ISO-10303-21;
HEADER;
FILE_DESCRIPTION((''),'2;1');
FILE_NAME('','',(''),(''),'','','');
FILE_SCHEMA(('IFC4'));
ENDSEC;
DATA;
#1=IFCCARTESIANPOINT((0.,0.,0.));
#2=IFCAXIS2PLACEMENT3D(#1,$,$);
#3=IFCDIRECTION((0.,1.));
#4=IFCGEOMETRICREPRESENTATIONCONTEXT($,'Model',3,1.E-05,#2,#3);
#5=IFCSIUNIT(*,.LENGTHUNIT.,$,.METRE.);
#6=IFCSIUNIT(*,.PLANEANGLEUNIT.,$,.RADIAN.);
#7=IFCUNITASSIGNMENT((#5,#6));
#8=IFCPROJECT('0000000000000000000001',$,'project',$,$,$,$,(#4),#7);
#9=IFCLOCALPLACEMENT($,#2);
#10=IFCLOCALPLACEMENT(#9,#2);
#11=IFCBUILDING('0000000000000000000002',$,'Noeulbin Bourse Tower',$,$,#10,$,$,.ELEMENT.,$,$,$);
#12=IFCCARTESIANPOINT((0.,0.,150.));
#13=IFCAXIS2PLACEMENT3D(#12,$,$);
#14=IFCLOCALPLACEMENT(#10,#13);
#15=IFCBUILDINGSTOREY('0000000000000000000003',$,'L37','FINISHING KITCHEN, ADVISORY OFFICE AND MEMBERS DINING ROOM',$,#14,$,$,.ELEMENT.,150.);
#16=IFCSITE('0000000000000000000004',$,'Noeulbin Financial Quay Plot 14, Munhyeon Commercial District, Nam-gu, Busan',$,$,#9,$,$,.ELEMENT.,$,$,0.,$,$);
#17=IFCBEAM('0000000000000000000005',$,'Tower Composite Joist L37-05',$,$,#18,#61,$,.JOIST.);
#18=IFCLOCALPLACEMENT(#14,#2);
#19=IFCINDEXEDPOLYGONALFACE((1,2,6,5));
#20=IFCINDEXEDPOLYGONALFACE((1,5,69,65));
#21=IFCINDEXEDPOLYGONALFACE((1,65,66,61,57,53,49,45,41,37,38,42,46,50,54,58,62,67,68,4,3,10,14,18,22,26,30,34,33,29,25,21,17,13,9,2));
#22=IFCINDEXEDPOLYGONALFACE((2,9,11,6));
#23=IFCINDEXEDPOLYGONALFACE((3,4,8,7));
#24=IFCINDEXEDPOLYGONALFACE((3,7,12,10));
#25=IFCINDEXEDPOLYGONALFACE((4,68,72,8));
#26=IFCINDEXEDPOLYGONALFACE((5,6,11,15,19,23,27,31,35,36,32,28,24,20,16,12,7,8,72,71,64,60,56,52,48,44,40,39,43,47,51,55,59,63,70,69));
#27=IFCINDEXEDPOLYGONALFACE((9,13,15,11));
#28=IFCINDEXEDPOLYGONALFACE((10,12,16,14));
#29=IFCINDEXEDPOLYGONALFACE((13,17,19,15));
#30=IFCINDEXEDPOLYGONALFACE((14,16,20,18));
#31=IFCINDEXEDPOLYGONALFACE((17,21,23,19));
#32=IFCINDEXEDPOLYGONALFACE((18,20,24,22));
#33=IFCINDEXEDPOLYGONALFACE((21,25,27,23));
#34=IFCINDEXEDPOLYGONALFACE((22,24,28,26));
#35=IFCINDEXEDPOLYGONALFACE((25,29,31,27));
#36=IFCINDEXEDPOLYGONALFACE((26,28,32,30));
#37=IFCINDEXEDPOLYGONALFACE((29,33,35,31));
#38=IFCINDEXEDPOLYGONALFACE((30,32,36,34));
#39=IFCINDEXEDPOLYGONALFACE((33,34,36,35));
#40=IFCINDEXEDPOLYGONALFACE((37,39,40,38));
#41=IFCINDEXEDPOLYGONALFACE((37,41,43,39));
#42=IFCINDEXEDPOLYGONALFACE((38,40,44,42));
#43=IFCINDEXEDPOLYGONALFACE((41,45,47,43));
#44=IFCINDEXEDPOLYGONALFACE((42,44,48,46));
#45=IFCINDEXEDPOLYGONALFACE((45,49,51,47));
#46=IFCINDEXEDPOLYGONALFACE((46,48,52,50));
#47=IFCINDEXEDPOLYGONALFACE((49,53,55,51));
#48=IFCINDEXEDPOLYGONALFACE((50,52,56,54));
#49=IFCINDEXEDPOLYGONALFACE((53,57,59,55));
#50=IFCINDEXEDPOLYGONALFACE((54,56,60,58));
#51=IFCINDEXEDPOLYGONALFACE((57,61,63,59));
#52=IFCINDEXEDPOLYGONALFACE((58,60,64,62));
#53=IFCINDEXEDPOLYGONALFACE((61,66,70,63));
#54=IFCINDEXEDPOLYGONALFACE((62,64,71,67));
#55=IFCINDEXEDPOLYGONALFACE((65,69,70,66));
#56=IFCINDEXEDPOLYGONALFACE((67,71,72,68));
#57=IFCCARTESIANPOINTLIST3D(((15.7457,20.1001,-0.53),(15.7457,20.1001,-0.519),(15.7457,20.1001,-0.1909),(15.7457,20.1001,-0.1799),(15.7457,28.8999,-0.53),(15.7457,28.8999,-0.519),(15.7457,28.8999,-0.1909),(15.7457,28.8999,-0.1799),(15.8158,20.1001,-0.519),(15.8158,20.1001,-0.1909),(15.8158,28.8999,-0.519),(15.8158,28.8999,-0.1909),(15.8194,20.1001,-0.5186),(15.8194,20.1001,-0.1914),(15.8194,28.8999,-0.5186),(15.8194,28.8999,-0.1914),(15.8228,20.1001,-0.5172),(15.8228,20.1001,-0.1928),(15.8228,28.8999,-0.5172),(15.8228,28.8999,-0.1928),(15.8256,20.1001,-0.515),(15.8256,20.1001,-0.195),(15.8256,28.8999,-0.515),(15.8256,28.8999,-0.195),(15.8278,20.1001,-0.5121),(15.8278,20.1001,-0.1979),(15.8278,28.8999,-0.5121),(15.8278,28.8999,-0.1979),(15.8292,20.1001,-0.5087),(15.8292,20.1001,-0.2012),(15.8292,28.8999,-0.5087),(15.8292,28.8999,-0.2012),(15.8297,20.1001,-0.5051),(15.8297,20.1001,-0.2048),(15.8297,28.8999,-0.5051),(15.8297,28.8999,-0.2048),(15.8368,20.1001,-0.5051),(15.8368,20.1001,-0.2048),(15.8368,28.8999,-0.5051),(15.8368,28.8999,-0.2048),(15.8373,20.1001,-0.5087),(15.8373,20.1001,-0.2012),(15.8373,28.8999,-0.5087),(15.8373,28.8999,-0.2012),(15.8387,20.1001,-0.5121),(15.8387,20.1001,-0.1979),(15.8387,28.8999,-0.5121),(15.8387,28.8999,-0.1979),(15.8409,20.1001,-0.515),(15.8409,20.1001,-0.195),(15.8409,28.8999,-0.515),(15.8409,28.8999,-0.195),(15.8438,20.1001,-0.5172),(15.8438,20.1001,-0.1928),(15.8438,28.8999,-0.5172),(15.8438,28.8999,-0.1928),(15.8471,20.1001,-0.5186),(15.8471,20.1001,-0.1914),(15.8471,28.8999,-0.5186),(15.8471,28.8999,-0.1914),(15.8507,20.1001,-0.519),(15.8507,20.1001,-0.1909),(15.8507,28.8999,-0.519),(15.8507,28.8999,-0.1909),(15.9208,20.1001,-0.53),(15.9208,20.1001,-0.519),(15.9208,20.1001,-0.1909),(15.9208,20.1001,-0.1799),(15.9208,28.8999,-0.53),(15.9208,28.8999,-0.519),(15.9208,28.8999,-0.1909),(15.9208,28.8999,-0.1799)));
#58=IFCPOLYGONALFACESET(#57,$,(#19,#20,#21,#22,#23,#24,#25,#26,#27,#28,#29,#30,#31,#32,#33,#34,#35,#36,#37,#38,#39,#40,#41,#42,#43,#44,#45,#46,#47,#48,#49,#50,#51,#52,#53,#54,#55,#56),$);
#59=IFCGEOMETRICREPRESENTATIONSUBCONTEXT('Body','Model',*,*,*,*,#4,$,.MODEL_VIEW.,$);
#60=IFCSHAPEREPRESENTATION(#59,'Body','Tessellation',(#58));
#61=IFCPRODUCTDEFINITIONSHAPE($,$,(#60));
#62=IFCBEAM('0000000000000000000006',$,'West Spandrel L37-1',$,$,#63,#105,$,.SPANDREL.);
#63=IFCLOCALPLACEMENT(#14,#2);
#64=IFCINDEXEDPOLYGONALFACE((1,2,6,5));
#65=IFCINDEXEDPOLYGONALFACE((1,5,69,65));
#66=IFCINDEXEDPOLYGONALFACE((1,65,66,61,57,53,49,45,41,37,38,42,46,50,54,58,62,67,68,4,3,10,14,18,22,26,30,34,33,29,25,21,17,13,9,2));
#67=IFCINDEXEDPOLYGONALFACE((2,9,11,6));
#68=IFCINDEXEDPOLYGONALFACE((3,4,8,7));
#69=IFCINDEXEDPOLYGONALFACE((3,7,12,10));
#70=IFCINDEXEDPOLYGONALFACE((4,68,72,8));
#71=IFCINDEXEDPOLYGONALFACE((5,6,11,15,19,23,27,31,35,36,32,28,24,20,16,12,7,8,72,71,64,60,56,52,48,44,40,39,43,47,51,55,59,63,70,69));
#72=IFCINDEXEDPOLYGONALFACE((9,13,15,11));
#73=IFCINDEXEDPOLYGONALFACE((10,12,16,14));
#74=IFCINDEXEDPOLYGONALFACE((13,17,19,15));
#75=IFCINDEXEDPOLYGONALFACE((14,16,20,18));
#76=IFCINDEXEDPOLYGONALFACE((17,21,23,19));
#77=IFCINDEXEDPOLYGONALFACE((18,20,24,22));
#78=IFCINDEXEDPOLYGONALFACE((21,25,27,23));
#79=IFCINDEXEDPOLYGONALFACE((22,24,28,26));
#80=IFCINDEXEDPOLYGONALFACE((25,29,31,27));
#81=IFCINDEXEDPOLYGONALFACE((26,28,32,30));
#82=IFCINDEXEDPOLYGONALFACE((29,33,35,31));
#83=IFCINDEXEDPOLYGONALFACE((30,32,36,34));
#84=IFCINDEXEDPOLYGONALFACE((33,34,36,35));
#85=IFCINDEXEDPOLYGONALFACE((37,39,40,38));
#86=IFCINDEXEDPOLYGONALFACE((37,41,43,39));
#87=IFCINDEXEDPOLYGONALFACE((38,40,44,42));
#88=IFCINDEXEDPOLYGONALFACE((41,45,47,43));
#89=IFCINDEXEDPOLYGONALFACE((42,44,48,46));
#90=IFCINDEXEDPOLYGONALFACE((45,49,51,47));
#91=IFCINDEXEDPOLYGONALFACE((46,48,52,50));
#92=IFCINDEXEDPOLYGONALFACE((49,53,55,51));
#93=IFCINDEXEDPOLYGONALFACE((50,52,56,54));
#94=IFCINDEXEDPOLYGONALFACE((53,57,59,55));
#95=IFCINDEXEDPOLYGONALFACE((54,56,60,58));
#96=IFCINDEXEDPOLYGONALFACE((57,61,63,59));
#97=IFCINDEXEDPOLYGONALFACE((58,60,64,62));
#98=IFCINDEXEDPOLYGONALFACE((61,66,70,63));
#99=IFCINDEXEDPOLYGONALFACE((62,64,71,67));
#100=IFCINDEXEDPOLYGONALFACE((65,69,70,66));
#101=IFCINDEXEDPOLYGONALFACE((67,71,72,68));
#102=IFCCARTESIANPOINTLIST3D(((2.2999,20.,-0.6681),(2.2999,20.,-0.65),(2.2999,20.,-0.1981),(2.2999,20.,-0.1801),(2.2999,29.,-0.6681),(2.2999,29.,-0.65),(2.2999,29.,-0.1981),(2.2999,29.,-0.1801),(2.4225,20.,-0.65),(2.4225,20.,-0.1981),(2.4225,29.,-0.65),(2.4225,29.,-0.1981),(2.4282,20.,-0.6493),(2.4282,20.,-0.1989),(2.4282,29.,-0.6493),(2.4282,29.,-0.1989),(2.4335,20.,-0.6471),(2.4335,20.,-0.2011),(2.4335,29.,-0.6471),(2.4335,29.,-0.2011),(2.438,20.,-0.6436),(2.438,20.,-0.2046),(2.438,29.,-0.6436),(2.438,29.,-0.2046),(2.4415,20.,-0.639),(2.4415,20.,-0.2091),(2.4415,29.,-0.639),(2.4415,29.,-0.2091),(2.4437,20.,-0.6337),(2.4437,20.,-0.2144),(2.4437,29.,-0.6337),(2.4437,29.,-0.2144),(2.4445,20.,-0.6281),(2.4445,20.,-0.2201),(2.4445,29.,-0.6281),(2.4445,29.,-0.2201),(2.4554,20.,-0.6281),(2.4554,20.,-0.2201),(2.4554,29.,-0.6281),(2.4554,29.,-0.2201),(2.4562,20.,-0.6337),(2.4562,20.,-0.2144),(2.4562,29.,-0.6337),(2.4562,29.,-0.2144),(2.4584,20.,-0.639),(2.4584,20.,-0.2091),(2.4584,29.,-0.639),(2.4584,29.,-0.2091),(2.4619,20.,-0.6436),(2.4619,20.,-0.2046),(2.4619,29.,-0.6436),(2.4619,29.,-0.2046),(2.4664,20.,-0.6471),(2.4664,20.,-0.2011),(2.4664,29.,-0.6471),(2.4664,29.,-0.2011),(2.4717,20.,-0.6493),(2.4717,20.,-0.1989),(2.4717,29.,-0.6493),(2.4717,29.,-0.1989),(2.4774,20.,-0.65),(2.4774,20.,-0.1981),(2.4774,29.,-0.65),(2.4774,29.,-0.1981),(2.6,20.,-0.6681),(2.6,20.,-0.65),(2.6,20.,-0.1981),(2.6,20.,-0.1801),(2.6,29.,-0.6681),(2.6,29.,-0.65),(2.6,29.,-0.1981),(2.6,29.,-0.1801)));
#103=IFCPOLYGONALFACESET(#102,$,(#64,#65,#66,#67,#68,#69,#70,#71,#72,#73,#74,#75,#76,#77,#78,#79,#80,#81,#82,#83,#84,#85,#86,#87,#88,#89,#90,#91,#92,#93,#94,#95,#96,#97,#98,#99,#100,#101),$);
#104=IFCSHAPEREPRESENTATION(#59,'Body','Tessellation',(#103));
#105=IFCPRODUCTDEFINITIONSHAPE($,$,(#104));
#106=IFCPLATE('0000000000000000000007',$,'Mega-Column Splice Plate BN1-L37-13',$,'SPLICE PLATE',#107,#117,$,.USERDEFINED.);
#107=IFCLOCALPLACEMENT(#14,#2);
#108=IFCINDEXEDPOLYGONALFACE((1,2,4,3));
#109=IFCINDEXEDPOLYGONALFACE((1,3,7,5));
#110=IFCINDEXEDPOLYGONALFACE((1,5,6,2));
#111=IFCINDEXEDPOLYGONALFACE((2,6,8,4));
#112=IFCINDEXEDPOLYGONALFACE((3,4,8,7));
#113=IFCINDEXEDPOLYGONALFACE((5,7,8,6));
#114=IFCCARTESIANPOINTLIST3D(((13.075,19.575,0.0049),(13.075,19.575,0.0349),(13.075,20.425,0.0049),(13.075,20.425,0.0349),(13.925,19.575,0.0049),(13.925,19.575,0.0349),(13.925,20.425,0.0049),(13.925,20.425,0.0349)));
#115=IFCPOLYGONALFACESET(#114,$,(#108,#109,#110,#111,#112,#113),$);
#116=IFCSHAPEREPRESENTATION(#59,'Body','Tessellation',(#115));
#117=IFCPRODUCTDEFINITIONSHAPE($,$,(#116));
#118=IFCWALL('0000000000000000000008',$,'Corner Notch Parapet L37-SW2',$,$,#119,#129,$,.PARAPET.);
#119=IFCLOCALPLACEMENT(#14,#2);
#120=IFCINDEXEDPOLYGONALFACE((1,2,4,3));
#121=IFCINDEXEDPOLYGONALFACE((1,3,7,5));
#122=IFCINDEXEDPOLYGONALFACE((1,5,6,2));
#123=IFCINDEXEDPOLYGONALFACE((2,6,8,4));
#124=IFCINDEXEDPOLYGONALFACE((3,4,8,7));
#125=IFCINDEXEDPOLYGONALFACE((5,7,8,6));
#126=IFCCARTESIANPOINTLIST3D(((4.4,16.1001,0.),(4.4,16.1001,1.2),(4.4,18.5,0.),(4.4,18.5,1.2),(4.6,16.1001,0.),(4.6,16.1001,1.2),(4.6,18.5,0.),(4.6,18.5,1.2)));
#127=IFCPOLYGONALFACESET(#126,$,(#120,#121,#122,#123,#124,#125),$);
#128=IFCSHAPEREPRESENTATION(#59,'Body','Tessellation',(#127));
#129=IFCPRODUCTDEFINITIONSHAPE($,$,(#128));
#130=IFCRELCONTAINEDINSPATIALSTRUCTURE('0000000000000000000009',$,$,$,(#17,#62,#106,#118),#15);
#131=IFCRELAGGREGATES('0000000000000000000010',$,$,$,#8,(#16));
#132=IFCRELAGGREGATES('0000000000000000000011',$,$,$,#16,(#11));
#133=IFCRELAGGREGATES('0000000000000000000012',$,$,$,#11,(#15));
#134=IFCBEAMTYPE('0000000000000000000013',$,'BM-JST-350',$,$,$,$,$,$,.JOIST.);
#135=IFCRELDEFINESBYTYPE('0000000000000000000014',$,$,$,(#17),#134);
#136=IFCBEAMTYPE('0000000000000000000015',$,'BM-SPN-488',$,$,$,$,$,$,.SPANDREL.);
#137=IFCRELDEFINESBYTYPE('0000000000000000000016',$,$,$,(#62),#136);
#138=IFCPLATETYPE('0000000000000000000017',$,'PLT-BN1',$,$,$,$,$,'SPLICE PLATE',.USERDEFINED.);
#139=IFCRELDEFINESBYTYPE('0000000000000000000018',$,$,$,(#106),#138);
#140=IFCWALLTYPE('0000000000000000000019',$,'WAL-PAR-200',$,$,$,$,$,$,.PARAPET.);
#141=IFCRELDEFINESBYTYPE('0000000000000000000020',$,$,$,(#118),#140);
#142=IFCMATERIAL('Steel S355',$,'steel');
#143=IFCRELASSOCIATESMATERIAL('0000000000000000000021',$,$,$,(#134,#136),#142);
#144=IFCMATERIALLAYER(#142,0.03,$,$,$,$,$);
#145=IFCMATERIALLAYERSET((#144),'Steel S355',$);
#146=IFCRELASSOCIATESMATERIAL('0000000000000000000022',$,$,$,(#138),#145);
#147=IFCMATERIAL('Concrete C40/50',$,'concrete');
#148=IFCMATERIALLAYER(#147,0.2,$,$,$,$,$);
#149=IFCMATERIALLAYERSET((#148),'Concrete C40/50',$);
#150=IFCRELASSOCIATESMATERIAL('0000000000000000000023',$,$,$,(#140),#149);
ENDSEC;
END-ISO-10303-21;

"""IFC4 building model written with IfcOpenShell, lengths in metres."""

from ifc_helpers import new_model, si_unit, direction, frame, frame_2d, origin, origin_2d, place, context, subcontext, project, spatial, rectangle, i_section, extrude, material, layer, layer_set, material_profile, profile_set, type_object, element, save


model = new_model("IFC4")

# Units and contexts
model_context = context("Model", 3, precision=1e-05, world=origin(), true_north=direction((0.0, 1.0)))
body_context = subcontext(model_context, "Body", "Model", "MODEL_VIEW")
ifc_project = project(units=[si_unit("LENGTHUNIT", "METRE"), si_unit("PLANEANGLEUNIT", "RADIAN")], contexts=[model_context])

# Site, building, storey
site_placement = place(None, origin())
site = spatial("IfcSite", under=ifc_project, at=site_placement, Name="Noeulbin Financial Quay Plot 14, Munhyeon Commercial District, Nam-gu, Busan", CompositionType="ELEMENT", RefElevation=0.0)
building_placement = place(site_placement, origin())
building = spatial("IfcBuilding", under=site, at=building_placement, Name="Noeulbin Bourse Tower", CompositionType="ELEMENT")
storey_placement = place(building_placement, frame((0.0, 0.0, 150.0)))
storey = spatial("IfcBuildingStorey", under=building, at=storey_placement, Name="L37", Description="FINISHING KITCHEN, ADVISORY OFFICE AND MEMBERS DINING ROOM", CompositionType="ELEMENT", Elevation=150.0)

# Beams
ifc_material_1 = material(Name="Steel S355", Category="steel")
ifc_material_profile_1 = material_profile(ifc_material_1, i_section(OverallWidth=0.175, OverallDepth=0.3501, WebThickness=0.0071, FlangeThickness=0.011, FilletRadius=0.0139, at=origin_2d()), Name="H-350x175x7x11", Category="LoadBearing")
ifc_profile_set_1 = profile_set([ifc_material_profile_1], Name="Steel S355")
beam_type_1 = type_object("IfcBeamType", Name="BM-JST-350", PredefinedType="JOIST", material=ifc_profile_set_1)
for number, where, z_axis, x_axis, name in (
    (1, (15.8333, 20.1001, -0.355), (0.0, 1.0, 0.0), (-1.0, 0.0, 0.0), "Tower Composite Joist L37-05"),
):
    element("IfcBeam", number, at=place(storey_placement, frame(where, z_axis=z_axis, x_axis=x_axis)), inside=storey, type_object=beam_type_1, Name=name, PredefinedType="JOIST", context=body_context, shape_type="SweptSolid", body=[
        extrude(i_section(OverallWidth=0.175, OverallDepth=0.3501, WebThickness=0.0071, FlangeThickness=0.011, FilletRadius=0.0139, at=origin_2d()), origin(), (0.0, 0.0, 1.0), 8.7998),
    ])
ifc_material_profile_2 = material_profile(ifc_material_1, i_section(OverallWidth=0.3, OverallDepth=0.488, WebThickness=0.011, FlangeThickness=0.0181, FilletRadius=0.022, at=origin_2d()), Name="H-488x300x11x18", Category="LoadBearing")
ifc_profile_set_2 = profile_set([ifc_material_profile_2], Name="Steel S355")
beam_type_2 = type_object("IfcBeamType", Name="BM-SPN-488", PredefinedType="SPANDREL", material=ifc_profile_set_2)
beam_1_placement = place(storey_placement, frame((2.45, 20.0, -0.4241), z_axis=(0.0, 1.0, 0.0), x_axis=(-1.0, 0.0, 0.0)))
element("IfcBeam", 2, at=beam_1_placement, inside=storey, type_object=beam_type_2, Name="West Spandrel L37-1", PredefinedType="SPANDREL", context=body_context, shape_type="SweptSolid", body=[
    extrude(i_section(OverallWidth=0.3, OverallDepth=0.488, WebThickness=0.011, FlangeThickness=0.0181, FilletRadius=0.022, at=origin_2d()), origin(), (0.0, 0.0, 1.0), 9.0),
])

# Plate
ifc_layer_1 = layer(ifc_material_1, 0.03)
ifc_layer_set_1 = layer_set([ifc_layer_1], Name="Steel S355")
plate_type = type_object("IfcPlateType", Name="PLT-BN1", ElementType="SPLICE PLATE", PredefinedType="USERDEFINED", material=ifc_layer_set_1)
plate_placement = place(storey_placement, frame((13.5, 20.0, 0.0049), z_axis=(0.0, 0.0, 1.0), x_axis=(1.0, 0.0, 0.0)))
element("IfcPlate", 3, at=plate_placement, inside=storey, type_object=plate_type, Name="Mega-Column Splice Plate BN1-L37-13", ObjectType="SPLICE PLATE", PredefinedType="USERDEFINED", context=body_context, shape_type="SweptSolid", body=[
    extrude(rectangle(XDim=0.8501, YDim=0.8501, at=origin_2d()), origin(), (0.0, 0.0, 1.0), 0.03),
])

# Wall
ifc_material_2 = material(Name="Concrete C40/50", Category="concrete")
ifc_layer_2 = layer(ifc_material_2, 0.2)
ifc_layer_set_2 = layer_set([ifc_layer_2], Name="Concrete C40/50")
wall_type_1 = type_object("IfcWallType", Name="WAL-PAR-200", PredefinedType="PARAPET", material=ifc_layer_set_2)
wall_1_placement = place(storey_placement, frame((4.5, 18.5, 0.0), z_axis=(0.0, 0.0, 1.0), x_axis=(0.0, -1.0, 0.0)))
element("IfcWall", 4, at=wall_1_placement, inside=storey, type_object=wall_type_1, Name="Corner Notch Parapet L37-SW2", PredefinedType="PARAPET", context=body_context, shape_type="SweptSolid", body=[
    extrude(rectangle(XDim=2.3999, YDim=0.2, at=frame_2d((1.2, 0.0))), origin(), (0.0, 0.0, 1.0), 1.2),
])

save(model, "model.ifc")
